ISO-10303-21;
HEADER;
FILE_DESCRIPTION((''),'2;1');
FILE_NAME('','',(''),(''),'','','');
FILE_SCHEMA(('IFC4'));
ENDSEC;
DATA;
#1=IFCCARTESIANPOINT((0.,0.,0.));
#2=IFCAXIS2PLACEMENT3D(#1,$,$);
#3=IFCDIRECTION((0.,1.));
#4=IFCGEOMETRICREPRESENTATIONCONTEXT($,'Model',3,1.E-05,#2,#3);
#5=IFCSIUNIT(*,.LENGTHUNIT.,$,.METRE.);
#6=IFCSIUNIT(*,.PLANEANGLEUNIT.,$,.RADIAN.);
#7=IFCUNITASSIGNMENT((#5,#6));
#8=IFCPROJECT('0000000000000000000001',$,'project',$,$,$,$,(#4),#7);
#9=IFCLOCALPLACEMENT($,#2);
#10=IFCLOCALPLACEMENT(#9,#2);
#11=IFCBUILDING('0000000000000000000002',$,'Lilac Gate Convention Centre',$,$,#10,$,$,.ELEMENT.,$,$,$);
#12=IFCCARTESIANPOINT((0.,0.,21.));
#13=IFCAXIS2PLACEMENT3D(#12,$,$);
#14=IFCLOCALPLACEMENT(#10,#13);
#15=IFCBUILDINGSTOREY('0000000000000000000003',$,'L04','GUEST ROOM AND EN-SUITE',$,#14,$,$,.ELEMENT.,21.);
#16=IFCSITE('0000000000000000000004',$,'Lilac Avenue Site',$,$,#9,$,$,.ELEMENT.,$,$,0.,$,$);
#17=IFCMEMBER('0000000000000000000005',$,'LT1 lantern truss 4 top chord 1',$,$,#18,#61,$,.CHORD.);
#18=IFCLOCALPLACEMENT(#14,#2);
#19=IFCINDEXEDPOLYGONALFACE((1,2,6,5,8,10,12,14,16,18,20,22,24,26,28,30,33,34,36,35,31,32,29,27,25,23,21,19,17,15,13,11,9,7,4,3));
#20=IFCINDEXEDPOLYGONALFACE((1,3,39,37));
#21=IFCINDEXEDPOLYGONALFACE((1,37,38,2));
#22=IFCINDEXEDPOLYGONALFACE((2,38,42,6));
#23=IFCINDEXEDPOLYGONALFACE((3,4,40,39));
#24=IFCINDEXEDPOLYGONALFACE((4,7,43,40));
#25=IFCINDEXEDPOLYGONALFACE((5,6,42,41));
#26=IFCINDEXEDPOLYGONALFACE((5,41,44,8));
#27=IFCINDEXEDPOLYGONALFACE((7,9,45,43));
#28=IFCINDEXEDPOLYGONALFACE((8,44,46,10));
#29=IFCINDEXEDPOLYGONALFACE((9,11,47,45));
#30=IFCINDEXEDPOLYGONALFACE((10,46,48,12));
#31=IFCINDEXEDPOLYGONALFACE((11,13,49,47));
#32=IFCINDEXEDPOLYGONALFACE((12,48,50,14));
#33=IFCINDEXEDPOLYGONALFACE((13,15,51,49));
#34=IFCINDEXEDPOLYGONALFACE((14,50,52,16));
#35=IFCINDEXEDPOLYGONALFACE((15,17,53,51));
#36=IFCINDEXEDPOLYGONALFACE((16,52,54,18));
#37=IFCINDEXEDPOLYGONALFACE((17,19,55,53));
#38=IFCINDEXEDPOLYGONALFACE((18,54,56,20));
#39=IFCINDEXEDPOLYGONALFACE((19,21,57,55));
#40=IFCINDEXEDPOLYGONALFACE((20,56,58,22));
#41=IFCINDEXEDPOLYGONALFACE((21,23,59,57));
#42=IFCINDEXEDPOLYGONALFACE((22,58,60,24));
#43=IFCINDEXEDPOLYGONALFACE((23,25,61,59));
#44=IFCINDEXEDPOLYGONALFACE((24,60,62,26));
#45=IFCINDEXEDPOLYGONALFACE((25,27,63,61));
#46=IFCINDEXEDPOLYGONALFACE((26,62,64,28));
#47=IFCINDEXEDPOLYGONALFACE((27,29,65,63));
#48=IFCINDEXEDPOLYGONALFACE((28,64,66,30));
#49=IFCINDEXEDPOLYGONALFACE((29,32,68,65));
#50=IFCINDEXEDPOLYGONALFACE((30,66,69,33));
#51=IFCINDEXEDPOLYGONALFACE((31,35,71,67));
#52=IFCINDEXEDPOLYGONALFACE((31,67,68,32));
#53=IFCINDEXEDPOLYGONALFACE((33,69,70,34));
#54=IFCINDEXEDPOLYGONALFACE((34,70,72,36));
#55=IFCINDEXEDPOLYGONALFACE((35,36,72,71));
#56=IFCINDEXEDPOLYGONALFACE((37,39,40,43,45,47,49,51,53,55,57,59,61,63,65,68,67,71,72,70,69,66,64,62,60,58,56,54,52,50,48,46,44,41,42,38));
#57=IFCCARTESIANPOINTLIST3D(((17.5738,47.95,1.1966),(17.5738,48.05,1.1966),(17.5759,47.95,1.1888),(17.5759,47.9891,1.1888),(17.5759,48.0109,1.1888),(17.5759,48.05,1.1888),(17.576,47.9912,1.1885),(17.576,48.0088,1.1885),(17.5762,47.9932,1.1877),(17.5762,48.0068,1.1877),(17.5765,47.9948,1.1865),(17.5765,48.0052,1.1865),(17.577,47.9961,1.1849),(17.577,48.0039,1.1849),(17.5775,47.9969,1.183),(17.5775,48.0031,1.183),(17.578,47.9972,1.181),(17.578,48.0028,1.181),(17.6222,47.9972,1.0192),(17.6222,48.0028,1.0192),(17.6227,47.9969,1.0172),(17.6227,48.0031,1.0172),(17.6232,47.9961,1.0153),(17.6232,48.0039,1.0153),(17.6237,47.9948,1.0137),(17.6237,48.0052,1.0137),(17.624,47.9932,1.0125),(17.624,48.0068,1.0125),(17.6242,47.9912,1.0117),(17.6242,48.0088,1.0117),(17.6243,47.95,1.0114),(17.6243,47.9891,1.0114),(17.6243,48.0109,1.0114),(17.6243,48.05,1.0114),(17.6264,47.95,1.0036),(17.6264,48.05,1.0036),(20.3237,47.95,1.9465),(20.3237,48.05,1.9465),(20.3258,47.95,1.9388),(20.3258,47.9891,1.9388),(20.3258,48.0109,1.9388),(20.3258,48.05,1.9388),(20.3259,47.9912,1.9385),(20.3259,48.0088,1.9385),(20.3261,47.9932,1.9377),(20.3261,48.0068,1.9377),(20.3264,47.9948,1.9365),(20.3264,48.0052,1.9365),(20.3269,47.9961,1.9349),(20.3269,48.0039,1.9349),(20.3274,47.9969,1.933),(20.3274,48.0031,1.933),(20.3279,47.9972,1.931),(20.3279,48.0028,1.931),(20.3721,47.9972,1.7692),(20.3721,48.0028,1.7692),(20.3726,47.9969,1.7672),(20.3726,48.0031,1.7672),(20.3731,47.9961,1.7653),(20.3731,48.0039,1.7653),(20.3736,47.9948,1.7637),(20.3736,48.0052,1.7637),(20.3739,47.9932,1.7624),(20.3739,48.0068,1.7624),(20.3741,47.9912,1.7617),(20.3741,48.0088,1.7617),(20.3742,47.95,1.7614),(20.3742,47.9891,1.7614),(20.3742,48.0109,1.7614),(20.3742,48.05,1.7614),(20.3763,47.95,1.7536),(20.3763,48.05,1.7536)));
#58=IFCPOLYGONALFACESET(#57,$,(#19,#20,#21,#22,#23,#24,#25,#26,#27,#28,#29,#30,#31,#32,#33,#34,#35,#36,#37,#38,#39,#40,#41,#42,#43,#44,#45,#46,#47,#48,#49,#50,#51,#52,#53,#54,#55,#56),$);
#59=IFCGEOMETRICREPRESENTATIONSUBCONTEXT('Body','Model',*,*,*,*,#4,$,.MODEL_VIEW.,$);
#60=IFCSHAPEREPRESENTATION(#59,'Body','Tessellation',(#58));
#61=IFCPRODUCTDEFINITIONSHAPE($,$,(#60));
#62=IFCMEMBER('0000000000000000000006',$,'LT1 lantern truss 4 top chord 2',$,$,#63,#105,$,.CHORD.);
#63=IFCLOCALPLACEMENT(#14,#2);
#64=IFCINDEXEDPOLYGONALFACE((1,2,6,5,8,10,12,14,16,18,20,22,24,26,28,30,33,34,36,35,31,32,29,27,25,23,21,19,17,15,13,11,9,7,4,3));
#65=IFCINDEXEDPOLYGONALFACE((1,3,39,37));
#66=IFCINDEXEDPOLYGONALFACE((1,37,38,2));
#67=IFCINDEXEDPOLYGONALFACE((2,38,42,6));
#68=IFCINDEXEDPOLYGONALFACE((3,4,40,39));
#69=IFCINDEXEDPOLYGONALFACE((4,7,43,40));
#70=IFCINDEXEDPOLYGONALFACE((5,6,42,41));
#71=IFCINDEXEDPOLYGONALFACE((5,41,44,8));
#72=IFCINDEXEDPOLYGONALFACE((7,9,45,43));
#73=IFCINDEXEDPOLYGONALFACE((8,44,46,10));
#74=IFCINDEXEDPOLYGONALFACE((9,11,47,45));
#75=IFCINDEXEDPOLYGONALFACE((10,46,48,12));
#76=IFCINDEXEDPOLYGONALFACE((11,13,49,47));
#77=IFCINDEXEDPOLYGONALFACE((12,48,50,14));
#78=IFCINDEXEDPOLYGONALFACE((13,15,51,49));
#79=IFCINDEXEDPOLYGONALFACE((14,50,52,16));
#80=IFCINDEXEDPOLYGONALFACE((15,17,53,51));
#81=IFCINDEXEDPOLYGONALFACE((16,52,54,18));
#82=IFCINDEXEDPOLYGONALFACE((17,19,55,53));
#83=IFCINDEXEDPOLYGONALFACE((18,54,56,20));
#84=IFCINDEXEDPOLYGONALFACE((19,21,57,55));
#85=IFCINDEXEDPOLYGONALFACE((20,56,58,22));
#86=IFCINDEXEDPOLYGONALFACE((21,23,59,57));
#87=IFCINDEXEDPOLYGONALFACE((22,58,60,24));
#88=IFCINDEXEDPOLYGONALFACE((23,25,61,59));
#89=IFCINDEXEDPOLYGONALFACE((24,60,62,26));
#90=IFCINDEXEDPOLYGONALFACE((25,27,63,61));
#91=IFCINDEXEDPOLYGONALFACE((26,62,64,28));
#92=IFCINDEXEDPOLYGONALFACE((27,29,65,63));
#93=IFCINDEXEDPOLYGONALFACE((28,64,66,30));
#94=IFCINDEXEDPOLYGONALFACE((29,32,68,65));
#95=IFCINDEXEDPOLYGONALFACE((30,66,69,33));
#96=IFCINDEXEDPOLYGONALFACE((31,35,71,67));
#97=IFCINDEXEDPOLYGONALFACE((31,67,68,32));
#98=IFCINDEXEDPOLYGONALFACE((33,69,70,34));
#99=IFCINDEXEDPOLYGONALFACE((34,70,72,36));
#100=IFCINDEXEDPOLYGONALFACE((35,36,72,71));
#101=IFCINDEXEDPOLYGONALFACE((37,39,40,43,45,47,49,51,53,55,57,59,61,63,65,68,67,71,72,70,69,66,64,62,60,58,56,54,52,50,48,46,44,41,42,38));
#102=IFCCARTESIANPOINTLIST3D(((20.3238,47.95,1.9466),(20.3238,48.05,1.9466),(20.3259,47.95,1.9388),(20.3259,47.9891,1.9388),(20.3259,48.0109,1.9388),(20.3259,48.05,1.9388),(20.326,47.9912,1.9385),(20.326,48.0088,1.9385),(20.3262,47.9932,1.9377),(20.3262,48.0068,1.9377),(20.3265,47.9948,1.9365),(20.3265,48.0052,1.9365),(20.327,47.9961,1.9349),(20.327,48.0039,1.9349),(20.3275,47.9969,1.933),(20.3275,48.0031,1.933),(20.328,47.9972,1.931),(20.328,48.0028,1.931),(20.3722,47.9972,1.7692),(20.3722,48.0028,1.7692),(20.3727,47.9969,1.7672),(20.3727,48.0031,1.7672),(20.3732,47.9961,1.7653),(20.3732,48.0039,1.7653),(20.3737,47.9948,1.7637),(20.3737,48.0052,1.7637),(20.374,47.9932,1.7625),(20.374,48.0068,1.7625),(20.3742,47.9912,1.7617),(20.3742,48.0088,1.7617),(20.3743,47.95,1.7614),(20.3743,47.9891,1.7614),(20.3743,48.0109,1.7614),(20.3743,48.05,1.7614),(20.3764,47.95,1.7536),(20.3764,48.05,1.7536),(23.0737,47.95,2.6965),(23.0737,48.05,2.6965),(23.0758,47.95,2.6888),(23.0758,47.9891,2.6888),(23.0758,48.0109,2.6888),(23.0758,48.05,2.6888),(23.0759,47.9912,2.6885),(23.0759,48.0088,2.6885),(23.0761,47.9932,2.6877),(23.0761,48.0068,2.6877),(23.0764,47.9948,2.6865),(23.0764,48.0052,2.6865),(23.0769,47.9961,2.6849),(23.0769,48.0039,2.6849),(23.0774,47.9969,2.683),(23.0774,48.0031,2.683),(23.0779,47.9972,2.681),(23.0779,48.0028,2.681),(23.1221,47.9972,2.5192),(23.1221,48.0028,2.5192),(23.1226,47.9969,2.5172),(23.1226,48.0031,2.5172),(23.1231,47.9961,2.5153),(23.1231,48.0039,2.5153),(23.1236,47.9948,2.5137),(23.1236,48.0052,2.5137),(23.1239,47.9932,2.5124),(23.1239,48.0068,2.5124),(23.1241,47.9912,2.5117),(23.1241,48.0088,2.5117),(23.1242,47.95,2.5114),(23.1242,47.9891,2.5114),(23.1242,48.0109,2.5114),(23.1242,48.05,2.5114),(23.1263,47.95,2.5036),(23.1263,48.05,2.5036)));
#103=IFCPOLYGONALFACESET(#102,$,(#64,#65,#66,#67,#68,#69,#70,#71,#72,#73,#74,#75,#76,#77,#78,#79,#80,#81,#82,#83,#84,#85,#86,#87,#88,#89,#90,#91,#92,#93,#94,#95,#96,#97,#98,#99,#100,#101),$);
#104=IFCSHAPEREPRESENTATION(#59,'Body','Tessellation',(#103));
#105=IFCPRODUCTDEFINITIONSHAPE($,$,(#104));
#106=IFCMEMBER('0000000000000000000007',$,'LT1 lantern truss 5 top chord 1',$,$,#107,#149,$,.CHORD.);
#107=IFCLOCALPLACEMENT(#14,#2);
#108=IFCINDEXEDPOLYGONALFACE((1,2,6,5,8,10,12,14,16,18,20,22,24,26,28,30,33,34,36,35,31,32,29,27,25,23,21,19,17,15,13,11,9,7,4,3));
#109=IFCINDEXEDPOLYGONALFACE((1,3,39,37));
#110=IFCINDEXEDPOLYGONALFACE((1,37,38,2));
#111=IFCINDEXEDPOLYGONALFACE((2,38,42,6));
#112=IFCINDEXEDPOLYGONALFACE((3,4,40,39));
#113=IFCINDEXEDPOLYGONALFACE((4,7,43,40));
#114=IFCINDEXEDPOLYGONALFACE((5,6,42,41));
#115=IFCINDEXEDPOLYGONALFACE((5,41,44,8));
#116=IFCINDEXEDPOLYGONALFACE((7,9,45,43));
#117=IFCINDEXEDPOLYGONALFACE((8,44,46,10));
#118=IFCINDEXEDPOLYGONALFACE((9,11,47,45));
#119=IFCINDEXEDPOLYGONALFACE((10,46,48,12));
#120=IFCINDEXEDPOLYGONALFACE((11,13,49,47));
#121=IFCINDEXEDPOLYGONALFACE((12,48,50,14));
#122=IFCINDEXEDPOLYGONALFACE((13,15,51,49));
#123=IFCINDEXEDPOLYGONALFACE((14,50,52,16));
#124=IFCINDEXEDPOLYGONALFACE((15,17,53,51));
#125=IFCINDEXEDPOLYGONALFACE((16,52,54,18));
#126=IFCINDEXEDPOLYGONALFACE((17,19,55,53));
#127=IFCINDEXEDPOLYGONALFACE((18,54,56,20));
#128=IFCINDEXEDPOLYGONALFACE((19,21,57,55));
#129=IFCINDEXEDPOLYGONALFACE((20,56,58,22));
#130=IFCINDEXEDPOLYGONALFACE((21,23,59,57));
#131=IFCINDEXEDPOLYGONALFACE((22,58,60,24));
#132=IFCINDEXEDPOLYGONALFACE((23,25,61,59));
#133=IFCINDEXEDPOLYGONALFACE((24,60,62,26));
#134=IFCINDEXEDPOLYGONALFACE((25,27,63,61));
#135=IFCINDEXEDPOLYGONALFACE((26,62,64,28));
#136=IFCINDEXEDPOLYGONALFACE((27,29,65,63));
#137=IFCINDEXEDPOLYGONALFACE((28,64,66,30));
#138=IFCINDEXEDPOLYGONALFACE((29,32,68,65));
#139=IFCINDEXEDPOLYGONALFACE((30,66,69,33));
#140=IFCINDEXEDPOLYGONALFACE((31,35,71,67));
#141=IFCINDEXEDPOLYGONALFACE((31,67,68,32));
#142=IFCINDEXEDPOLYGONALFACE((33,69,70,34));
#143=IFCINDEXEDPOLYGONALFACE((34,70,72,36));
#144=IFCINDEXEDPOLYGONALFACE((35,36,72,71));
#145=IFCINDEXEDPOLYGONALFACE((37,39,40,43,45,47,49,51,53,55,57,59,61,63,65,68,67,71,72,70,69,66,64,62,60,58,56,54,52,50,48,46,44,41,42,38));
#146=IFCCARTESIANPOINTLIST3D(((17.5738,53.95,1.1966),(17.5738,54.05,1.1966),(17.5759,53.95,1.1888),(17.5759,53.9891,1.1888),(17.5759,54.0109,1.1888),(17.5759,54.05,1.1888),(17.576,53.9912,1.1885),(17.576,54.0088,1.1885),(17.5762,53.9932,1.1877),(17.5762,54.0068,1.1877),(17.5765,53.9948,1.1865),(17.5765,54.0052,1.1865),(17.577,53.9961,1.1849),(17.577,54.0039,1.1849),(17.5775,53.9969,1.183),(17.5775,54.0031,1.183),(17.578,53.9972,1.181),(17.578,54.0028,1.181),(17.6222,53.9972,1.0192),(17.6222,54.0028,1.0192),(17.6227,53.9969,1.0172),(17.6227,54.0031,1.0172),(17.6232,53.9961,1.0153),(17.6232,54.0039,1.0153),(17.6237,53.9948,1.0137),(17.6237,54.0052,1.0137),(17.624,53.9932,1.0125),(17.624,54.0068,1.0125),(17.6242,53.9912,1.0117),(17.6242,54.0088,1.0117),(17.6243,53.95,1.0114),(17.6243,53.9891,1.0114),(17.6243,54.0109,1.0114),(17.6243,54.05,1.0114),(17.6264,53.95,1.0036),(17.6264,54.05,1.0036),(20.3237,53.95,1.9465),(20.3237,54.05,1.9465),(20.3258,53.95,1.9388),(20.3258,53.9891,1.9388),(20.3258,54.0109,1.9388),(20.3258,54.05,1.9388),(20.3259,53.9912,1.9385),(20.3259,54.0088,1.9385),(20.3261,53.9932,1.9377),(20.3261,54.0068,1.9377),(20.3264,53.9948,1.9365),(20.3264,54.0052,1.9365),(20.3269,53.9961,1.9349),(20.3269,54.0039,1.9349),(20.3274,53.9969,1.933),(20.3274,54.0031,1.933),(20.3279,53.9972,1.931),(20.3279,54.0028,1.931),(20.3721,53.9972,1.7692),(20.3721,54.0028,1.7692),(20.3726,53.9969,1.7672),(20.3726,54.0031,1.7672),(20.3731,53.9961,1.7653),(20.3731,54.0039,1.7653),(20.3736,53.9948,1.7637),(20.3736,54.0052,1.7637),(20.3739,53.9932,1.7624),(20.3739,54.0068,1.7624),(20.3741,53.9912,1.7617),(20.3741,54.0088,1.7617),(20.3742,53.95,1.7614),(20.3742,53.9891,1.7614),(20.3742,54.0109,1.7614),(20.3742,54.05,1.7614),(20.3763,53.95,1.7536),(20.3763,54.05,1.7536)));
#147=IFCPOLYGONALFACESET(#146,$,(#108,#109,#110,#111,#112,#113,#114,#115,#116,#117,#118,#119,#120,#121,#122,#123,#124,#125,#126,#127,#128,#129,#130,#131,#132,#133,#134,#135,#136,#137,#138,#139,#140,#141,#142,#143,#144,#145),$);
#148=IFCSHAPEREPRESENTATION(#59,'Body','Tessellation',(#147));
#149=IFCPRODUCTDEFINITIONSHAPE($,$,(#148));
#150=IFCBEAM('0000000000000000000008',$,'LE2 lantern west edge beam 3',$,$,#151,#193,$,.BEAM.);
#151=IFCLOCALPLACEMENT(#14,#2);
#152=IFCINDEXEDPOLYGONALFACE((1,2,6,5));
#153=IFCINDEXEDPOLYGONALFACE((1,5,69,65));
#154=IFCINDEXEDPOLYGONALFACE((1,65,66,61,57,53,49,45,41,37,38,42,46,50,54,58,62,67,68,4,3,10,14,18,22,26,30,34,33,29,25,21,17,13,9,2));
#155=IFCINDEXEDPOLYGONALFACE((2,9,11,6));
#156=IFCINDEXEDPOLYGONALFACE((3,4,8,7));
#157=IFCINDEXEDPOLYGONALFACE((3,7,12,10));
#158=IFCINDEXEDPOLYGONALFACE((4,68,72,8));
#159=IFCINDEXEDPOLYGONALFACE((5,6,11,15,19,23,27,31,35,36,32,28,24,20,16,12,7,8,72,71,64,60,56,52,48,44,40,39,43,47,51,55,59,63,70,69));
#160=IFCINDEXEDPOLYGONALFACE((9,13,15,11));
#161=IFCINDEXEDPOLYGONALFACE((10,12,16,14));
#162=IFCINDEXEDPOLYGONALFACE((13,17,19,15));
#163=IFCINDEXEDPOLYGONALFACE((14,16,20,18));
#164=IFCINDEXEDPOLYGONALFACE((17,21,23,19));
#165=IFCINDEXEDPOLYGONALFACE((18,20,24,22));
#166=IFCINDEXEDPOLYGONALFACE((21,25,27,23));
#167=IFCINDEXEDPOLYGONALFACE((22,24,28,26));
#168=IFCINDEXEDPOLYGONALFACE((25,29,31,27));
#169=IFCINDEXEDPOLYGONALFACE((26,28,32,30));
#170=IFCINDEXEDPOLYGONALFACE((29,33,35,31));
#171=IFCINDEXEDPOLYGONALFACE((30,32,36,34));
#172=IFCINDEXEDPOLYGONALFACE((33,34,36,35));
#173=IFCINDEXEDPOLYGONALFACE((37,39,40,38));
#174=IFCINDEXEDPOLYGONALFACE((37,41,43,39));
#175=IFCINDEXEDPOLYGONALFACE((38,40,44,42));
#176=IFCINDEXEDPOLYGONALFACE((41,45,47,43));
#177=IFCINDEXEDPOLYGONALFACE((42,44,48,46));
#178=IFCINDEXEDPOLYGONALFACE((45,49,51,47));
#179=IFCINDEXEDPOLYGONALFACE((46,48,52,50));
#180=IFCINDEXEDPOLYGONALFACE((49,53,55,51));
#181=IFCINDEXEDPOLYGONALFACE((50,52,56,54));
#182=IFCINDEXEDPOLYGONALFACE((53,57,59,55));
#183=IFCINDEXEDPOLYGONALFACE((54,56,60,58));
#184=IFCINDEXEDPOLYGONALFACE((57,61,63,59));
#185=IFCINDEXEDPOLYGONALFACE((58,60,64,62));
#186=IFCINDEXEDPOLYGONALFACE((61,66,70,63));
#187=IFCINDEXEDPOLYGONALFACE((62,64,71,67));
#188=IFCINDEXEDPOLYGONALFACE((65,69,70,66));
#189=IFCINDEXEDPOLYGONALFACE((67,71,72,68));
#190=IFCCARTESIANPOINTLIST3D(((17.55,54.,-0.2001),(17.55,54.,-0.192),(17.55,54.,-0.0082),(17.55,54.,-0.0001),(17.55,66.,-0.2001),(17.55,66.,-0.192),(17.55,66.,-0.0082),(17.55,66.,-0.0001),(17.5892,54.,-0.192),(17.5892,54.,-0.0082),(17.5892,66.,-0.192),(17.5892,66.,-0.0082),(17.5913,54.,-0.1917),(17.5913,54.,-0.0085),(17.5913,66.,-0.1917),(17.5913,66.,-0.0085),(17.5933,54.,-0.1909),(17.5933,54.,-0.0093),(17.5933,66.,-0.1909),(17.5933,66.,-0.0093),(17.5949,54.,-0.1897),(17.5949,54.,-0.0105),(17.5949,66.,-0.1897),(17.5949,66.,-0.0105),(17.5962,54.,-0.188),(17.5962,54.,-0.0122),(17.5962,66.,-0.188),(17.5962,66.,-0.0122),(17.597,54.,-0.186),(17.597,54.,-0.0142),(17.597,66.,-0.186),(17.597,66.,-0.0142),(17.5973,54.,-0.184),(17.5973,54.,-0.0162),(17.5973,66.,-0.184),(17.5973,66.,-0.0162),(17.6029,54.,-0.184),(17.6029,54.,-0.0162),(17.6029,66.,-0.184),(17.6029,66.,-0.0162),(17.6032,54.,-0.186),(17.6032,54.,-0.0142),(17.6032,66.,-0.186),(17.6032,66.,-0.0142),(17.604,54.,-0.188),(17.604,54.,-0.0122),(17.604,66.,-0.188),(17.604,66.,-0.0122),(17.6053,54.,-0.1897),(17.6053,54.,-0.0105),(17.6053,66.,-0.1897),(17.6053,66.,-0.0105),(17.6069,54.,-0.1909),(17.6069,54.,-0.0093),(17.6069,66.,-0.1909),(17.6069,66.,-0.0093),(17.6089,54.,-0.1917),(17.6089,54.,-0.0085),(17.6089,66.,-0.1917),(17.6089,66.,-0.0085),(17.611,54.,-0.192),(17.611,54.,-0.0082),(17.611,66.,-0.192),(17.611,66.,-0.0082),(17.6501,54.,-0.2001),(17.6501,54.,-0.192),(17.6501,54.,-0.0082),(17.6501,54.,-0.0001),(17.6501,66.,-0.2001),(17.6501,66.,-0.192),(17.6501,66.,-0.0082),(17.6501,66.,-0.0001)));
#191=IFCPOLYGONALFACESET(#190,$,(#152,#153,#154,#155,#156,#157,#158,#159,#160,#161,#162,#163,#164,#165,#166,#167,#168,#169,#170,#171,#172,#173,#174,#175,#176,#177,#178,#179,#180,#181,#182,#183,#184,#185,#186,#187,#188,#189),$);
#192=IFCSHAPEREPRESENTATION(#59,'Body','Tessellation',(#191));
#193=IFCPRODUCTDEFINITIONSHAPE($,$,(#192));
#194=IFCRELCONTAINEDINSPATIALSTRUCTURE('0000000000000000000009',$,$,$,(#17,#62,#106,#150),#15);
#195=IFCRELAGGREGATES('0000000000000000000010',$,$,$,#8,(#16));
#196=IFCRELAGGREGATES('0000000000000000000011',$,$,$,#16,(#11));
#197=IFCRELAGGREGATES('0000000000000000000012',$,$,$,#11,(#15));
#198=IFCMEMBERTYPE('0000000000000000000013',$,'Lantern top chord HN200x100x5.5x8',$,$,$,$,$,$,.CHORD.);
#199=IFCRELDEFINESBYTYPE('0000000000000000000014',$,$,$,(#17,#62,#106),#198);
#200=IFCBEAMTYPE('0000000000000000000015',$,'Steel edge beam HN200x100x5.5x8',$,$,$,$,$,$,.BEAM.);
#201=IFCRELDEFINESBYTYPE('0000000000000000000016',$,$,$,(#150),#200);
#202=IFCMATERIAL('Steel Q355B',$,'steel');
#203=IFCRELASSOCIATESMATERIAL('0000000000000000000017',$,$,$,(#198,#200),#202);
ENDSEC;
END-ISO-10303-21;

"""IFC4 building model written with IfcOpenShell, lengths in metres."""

from ifc_helpers import new_model, si_unit, direction, frame, origin, origin_2d, place, context, subcontext, project, spatial, i_section, extrude, material, material_profile, profile_set, type_object, element, save


model = new_model("IFC4")

# Units and contexts
model_context = context("Model", 3, precision=1e-05, world=origin(), true_north=direction((0.0, 1.0)))
body_context = subcontext(model_context, "Body", "Model", "MODEL_VIEW")
ifc_project = project(units=[si_unit("LENGTHUNIT", "METRE"), si_unit("PLANEANGLEUNIT", "RADIAN")], contexts=[model_context])

# Site, building, storey
site_placement = place(None, origin())
site = spatial("IfcSite", under=ifc_project, at=site_placement, Name="Lilac Avenue Site", CompositionType="ELEMENT", RefElevation=0.0)
building_placement = place(site_placement, origin())
building = spatial("IfcBuilding", under=site, at=building_placement, Name="Lilac Gate Convention Centre", CompositionType="ELEMENT")
storey_placement = place(building_placement, frame((0.0, 0.0, 21.0)))
storey = spatial("IfcBuildingStorey", under=building, at=storey_placement, Name="L04", Description="GUEST ROOM AND EN-SUITE", CompositionType="ELEMENT", Elevation=21.0)

# Members
ifc_material_1 = material(Name="Steel Q355B", Category="steel")
ifc_material_profile_1 = material_profile(ifc_material_1, i_section(OverallWidth=0.1001, OverallDepth=0.2, WebThickness=0.0056, FlangeThickness=0.0081, FilletRadius=0.0081, at=origin_2d()), Name="HN200x100x5.5x8")
ifc_profile_set_1 = profile_set([ifc_material_profile_1], Name="Steel Q355B")
member_type_1 = type_object("IfcMemberType", Name="Lantern top chord HN200x100x5.5x8", PredefinedType="CHORD", material=ifc_profile_set_1)
for number, where, z_axis, x_axis, name in (
    (1, (17.6001, 48.0, 1.1001), (0.964764, 0.0, 0.263117), (0.0, 1.0, 0.0), "LT1 lantern truss 4 top chord 1"),
    (2, (20.3501, 48.0, 1.8501), (0.964764, 0.0, 0.263117), (0.0, 1.0, 0.0), "LT1 lantern truss 4 top chord 2"),
    (3, (17.6001, 54.0, 1.1001), (0.964764, 0.0, 0.263117), (0.0, 1.0, 0.0), "LT1 lantern truss 5 top chord 1"),
):
    element("IfcMember", number, at=place(storey_placement, frame(where, z_axis=z_axis, x_axis=x_axis)), inside=storey, type_object=member_type_1, Name=name, PredefinedType="CHORD", context=body_context, shape_type="SweptSolid", body=[
        extrude(i_section(OverallWidth=0.1001, OverallDepth=0.2, WebThickness=0.0056, FlangeThickness=0.0081, FilletRadius=0.0081, at=origin_2d()), origin(), (0.0, 0.0, 1.0), 2.8503),
    ])

# Beam
ifc_material_profile_2 = material_profile(ifc_material_1, i_section(OverallWidth=0.1001, OverallDepth=0.2, WebThickness=0.0056, FlangeThickness=0.0081, FilletRadius=0.0081, at=origin_2d()), Name="HN200x100x5.5x8")
ifc_profile_set_2 = profile_set([ifc_material_profile_2], Name="Steel Q355B")
beam_type_1 = type_object("IfcBeamType", Name="Steel edge beam HN200x100x5.5x8", PredefinedType="BEAM", material=ifc_profile_set_2)
beam_1_placement = place(storey_placement, frame((17.6001, 54.0, -0.1001), z_axis=(0.0, 1.0, 0.0), x_axis=(-1.0, 0.0, 0.0)))
element("IfcBeam", 4, at=beam_1_placement, inside=storey, type_object=beam_type_1, Name="LE2 lantern west edge beam 3", PredefinedType="BEAM", context=body_context, shape_type="SweptSolid", body=[
    extrude(i_section(OverallWidth=0.1001, OverallDepth=0.2, WebThickness=0.0056, FlangeThickness=0.0081, FilletRadius=0.0081, at=origin_2d()), origin(), (0.0, 0.0, 1.0), 12.0),
])

save(model, "model.ifc")
